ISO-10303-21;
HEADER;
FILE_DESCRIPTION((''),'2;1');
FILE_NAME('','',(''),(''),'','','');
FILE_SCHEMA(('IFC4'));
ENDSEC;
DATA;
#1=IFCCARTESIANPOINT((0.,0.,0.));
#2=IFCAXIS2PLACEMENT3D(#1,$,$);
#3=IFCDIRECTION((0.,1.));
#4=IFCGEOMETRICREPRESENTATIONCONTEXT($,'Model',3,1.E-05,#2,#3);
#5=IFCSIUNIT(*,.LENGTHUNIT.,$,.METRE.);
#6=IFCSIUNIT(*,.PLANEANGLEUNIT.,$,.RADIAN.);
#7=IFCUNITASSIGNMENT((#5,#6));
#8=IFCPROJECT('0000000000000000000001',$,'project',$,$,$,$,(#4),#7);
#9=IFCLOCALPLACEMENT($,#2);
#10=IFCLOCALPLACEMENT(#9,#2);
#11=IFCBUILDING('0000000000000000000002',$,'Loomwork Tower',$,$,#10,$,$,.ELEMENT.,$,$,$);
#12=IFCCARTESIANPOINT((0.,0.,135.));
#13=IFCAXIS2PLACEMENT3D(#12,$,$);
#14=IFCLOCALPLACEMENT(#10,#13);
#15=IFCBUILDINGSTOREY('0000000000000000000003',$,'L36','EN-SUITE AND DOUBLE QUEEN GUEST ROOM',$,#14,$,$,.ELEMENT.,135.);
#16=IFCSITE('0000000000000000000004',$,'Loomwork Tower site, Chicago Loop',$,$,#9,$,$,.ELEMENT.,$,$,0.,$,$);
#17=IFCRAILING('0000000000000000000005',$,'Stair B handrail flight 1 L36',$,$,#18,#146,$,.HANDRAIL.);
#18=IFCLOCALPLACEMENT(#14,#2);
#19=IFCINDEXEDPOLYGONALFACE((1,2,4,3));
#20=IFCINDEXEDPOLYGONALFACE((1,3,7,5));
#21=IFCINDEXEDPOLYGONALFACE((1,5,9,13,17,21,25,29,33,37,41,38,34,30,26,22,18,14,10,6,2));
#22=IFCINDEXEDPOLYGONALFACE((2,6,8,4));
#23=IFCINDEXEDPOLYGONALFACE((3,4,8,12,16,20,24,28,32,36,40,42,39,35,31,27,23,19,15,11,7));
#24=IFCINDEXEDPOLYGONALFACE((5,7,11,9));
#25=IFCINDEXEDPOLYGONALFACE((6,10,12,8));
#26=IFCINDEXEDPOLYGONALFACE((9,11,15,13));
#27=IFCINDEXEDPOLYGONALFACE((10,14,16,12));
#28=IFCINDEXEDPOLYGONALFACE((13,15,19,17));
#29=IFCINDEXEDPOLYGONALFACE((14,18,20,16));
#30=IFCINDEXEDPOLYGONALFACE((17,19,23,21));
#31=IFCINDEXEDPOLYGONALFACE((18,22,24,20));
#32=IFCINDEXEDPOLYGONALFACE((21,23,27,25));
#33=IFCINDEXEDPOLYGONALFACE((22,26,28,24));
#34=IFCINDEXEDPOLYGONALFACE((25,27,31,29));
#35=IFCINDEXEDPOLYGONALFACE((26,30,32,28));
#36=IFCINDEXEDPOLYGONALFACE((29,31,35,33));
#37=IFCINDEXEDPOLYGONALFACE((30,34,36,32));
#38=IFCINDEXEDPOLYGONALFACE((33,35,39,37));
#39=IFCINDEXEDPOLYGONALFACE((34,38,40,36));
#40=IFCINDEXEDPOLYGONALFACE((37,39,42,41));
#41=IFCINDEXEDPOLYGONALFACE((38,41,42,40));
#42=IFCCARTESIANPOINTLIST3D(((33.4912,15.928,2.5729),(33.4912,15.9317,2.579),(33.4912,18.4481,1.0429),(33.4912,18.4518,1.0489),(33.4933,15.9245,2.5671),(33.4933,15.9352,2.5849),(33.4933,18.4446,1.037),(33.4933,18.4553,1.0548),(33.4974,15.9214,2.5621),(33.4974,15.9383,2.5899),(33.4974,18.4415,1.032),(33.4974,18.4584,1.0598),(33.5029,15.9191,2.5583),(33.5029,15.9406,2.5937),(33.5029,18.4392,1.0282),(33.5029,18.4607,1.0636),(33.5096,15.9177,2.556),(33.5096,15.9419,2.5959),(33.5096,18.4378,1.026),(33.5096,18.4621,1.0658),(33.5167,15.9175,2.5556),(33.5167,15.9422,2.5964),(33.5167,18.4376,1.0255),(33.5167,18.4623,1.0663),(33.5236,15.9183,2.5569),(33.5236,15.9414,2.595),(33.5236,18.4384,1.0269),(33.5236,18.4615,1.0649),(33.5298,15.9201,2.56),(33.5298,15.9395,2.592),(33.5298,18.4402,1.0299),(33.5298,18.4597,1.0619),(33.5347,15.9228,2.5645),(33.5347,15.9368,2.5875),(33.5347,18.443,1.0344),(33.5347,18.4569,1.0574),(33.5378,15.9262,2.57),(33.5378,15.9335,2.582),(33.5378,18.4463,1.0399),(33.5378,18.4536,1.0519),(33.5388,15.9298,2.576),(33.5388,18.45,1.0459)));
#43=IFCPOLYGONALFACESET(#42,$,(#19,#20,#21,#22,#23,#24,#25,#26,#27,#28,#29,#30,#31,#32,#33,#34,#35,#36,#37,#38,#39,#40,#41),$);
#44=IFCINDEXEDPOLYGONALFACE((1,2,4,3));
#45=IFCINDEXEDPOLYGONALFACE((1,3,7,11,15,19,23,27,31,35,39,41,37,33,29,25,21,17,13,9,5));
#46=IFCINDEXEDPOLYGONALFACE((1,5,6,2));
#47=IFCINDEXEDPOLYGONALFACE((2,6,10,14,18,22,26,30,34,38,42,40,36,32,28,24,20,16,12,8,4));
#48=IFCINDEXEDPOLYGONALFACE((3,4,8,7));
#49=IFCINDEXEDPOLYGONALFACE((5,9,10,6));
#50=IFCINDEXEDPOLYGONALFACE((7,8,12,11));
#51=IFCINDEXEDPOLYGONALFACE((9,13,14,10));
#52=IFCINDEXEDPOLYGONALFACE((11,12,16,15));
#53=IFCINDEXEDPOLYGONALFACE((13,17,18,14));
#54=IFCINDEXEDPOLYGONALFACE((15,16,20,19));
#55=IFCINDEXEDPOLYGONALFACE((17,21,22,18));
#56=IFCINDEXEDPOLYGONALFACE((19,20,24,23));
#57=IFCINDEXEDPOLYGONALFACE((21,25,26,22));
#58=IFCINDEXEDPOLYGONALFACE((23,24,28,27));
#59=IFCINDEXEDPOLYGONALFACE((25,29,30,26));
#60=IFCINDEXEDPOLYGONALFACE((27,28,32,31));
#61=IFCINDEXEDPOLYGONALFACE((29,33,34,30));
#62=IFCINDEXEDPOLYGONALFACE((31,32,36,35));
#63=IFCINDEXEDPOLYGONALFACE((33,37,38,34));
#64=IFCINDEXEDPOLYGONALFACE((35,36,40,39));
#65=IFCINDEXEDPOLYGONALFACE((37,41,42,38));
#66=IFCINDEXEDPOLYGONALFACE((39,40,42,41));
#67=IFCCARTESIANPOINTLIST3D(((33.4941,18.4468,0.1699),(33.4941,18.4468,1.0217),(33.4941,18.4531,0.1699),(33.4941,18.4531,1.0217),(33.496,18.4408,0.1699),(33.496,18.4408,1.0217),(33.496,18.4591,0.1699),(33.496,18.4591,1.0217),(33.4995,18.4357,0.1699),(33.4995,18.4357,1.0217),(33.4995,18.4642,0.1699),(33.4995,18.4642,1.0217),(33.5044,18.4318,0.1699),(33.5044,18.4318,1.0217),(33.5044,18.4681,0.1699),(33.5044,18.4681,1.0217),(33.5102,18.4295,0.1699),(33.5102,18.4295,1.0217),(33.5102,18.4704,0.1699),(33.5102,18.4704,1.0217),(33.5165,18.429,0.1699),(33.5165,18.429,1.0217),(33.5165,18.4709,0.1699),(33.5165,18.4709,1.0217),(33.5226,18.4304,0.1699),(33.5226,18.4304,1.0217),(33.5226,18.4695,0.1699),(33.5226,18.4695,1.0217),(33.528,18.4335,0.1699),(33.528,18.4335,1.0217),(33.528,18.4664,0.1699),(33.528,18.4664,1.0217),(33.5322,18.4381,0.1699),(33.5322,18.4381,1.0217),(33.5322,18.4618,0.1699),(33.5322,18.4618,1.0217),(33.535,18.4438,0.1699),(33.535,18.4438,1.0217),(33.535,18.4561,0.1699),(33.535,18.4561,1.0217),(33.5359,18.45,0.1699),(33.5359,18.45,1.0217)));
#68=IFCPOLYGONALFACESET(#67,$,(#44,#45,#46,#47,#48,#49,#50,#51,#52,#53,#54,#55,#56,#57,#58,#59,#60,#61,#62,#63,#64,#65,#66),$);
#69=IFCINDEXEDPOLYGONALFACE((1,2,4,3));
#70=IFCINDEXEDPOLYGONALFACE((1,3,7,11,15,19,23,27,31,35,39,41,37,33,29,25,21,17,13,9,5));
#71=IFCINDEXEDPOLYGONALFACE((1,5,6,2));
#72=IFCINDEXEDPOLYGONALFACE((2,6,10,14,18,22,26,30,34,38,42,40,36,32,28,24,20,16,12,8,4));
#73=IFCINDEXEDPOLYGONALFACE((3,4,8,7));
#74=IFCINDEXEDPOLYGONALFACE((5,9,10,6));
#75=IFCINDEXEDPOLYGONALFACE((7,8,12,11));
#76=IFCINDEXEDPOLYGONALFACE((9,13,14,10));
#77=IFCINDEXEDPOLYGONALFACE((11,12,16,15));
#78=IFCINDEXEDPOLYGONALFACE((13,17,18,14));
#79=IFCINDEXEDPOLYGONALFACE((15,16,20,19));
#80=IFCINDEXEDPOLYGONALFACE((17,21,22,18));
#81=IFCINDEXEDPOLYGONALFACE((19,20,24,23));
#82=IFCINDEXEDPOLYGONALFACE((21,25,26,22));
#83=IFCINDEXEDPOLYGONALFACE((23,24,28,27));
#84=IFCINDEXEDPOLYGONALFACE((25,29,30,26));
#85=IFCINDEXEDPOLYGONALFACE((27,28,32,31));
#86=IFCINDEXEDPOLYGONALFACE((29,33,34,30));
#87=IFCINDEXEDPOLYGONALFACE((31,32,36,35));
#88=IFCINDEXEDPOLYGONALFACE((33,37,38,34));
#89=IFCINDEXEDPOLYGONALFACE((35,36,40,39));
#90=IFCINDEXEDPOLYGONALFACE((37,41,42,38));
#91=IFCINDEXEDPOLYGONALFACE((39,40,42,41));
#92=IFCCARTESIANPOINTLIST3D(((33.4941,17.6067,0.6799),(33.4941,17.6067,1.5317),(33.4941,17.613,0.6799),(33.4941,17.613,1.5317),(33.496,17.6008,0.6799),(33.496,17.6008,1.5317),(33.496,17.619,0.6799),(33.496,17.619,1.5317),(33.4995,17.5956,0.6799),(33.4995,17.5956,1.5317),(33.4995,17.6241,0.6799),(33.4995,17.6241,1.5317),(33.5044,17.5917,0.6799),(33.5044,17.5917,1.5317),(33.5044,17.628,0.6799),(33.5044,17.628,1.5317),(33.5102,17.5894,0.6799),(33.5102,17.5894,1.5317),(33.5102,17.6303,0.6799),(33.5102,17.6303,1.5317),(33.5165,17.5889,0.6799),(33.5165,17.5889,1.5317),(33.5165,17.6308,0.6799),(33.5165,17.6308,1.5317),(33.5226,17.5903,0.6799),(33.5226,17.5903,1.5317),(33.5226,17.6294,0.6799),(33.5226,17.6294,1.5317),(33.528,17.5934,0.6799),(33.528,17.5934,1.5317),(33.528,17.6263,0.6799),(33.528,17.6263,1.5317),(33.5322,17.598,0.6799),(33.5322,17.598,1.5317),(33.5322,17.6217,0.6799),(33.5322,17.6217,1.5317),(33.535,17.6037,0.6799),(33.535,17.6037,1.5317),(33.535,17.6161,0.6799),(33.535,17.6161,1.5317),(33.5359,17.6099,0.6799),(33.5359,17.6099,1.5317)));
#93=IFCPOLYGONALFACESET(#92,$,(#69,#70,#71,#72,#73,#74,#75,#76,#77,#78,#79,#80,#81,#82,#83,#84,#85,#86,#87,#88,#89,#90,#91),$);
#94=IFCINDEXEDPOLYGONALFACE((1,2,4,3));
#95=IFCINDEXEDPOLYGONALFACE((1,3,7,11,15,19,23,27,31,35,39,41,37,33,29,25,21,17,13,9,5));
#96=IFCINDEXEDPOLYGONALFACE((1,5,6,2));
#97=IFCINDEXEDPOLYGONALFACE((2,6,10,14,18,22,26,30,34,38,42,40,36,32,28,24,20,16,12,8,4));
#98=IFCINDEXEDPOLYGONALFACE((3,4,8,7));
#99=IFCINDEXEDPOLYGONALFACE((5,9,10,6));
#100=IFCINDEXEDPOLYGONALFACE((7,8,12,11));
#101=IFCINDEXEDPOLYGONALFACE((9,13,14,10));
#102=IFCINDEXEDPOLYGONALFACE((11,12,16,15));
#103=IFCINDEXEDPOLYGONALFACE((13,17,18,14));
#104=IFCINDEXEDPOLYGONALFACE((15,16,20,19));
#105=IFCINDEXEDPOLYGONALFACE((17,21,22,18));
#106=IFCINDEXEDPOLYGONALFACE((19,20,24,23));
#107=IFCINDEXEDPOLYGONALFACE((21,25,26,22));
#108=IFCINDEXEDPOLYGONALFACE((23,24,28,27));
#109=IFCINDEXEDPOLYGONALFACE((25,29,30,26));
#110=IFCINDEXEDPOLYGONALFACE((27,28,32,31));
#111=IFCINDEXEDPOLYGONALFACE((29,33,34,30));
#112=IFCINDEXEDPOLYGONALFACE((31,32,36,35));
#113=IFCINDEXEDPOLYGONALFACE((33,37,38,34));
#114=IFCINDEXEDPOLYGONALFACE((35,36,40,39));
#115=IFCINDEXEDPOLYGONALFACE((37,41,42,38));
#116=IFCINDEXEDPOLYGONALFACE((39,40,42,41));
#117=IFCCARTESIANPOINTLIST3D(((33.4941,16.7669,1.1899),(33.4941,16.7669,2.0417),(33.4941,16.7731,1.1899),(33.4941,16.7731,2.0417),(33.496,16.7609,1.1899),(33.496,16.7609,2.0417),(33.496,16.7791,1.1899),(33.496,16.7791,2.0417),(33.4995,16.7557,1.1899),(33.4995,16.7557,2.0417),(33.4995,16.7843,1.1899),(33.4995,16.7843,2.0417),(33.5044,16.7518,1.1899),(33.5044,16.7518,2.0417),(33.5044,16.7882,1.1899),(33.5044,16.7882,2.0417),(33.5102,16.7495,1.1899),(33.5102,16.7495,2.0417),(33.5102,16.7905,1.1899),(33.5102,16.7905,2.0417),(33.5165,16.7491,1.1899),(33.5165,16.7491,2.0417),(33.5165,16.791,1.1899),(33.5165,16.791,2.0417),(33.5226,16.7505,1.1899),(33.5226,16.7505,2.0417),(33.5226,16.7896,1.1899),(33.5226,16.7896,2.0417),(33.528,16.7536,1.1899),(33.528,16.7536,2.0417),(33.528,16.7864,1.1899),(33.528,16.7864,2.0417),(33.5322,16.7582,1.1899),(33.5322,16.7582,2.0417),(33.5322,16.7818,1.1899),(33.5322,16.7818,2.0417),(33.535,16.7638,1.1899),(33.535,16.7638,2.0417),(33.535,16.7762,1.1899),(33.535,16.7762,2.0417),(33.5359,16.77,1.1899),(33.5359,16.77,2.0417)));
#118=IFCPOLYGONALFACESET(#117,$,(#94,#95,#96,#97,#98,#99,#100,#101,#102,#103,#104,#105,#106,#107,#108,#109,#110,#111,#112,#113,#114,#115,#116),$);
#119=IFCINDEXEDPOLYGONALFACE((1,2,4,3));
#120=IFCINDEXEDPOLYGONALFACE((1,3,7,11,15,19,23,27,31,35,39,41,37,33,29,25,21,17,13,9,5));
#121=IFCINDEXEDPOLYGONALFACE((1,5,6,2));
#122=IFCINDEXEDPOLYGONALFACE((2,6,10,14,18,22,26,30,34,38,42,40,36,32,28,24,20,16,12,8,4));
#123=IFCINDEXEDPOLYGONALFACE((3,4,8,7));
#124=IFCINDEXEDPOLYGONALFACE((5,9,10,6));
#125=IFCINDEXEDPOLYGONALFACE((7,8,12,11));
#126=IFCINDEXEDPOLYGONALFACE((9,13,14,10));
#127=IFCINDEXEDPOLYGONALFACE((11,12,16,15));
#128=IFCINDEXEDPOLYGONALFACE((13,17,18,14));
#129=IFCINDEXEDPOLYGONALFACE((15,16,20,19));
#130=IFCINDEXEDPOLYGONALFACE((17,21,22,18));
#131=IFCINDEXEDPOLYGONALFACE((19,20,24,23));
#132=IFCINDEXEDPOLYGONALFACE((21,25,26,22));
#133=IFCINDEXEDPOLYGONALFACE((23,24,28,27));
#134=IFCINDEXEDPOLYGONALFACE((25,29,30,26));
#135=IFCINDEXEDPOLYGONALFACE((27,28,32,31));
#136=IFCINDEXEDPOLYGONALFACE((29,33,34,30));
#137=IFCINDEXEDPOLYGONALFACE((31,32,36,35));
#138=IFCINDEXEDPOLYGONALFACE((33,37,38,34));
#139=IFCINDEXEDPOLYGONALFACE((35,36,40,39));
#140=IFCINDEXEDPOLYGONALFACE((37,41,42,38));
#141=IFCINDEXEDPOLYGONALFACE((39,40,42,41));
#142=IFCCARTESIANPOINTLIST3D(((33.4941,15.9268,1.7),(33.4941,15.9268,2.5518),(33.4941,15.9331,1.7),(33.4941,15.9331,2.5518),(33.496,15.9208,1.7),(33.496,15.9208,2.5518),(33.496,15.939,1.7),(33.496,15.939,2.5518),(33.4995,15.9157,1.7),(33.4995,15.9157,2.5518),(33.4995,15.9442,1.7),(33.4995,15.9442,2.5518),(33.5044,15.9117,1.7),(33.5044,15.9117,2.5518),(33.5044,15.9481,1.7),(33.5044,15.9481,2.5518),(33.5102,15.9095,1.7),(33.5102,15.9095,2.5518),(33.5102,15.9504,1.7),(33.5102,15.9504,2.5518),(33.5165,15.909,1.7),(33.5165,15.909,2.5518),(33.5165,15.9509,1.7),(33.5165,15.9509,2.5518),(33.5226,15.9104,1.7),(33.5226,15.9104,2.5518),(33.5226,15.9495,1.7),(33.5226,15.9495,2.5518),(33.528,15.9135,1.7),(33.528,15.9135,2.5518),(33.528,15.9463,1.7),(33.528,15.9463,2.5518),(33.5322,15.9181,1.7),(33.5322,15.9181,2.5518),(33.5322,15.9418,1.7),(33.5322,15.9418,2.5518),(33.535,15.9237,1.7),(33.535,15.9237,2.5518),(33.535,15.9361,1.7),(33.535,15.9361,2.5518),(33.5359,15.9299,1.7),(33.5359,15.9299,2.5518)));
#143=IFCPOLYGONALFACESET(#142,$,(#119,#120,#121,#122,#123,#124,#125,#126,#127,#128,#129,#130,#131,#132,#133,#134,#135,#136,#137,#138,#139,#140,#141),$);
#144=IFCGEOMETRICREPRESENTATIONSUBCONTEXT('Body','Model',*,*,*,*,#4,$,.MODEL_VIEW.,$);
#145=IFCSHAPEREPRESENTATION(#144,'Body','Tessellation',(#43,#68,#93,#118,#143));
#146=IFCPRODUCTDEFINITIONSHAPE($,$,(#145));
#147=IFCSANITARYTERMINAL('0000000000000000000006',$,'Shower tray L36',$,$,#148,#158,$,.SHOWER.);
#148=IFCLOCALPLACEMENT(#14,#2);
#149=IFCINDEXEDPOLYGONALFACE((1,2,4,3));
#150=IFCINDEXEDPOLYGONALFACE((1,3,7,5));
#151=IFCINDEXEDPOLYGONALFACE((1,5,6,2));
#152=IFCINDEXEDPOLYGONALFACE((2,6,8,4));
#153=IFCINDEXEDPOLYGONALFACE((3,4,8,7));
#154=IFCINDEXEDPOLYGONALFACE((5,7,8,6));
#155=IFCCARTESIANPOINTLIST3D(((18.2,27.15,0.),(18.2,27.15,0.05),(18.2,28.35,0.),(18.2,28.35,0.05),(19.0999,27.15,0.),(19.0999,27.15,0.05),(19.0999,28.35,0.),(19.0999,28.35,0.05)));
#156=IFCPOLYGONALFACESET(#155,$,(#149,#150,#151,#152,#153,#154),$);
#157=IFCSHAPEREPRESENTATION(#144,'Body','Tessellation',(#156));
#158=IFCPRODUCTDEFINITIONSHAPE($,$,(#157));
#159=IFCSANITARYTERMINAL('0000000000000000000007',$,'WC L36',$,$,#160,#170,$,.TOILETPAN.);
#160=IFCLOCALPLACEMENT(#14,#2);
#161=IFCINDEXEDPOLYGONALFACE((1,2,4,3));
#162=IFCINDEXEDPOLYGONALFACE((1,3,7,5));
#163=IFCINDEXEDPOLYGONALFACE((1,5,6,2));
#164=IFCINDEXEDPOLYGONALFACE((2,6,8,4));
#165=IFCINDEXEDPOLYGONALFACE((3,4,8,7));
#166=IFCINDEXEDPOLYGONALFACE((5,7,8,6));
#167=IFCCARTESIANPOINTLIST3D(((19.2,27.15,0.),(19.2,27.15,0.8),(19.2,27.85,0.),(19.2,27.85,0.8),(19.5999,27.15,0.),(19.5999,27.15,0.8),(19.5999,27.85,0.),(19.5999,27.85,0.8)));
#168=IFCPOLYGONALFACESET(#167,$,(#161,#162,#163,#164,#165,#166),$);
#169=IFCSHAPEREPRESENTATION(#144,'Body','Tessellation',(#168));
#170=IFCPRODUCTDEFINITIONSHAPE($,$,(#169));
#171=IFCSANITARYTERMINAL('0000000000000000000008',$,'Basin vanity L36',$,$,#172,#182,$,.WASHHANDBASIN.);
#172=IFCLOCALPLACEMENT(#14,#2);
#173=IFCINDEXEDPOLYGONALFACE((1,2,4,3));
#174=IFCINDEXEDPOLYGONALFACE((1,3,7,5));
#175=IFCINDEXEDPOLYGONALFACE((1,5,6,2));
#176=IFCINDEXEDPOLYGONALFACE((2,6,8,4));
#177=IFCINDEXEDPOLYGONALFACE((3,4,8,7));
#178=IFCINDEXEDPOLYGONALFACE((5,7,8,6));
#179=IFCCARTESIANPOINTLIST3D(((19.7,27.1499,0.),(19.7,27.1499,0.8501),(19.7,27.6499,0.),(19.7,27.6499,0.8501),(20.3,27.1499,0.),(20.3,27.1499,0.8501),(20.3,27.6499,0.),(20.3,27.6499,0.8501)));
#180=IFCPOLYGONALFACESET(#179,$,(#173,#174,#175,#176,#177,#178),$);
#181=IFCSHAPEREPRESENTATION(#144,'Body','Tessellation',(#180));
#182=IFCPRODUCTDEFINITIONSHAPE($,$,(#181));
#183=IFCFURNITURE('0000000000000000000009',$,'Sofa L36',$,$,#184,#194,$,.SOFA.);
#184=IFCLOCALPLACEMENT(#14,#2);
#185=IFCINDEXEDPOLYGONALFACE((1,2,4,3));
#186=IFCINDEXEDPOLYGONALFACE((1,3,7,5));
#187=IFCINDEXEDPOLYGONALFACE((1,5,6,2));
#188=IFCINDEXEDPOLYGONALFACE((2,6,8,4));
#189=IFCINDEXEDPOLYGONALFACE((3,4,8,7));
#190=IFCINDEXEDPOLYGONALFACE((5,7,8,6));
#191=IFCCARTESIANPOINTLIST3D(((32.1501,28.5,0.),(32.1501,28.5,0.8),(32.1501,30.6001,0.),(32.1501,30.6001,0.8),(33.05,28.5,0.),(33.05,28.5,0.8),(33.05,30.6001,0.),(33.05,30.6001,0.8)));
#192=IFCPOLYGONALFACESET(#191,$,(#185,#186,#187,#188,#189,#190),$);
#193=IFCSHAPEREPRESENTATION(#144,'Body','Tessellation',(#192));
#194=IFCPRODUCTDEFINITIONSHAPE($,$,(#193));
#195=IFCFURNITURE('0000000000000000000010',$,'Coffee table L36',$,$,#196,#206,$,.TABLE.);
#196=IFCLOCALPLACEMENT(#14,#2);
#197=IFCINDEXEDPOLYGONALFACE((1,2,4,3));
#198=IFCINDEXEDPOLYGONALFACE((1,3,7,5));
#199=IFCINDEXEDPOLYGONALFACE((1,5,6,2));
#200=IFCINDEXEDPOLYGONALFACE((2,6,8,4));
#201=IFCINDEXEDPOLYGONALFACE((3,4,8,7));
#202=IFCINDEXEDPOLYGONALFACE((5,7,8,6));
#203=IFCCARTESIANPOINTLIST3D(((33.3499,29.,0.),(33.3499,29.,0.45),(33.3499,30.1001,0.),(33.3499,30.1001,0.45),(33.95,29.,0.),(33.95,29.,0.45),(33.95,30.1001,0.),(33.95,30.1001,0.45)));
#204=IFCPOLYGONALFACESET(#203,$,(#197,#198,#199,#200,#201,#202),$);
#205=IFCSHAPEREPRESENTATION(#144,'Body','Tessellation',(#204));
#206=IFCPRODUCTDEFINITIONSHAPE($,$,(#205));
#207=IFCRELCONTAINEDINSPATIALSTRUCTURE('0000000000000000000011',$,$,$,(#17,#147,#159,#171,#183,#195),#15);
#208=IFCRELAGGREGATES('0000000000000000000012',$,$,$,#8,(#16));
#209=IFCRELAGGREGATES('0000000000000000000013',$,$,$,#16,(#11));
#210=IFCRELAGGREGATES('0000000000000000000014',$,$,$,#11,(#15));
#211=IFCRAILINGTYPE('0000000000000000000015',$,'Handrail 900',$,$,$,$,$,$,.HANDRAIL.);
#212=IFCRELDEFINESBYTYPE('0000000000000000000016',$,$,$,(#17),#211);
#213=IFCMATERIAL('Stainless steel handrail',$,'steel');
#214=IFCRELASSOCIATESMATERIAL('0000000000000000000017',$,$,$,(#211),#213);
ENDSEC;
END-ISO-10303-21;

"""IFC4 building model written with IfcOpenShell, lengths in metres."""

from ifc_helpers import new_model, si_unit, direction, frame, origin, origin_2d, place, context, subcontext, project, spatial, rectangle, circle, extrude, material, type_object, element, save


model = new_model("IFC4")

# Units and contexts
model_context = context("Model", 3, precision=1e-05, world=origin(), true_north=direction((0.0, 1.0)))
body_context = subcontext(model_context, "Body", "Model", "MODEL_VIEW")
ifc_project = project(units=[si_unit("LENGTHUNIT", "METRE"), si_unit("PLANEANGLEUNIT", "RADIAN")], contexts=[model_context])

# Site, building, storey
site_placement = place(None, origin())
site = spatial("IfcSite", under=ifc_project, at=site_placement, Name="Loomwork Tower site, Chicago Loop", CompositionType="ELEMENT", RefElevation=0.0)
building_placement = place(site_placement, origin())
building = spatial("IfcBuilding", under=site, at=building_placement, Name="Loomwork Tower", CompositionType="ELEMENT")
storey_placement = place(building_placement, frame((0.0, 0.0, 135.0)))
storey = spatial("IfcBuildingStorey", under=building, at=storey_placement, Name="L36", Description="EN-SUITE AND DOUBLE QUEEN GUEST ROOM", CompositionType="ELEMENT", Elevation=135.0)

# Railing
ifc_material_1 = material(Name="Stainless steel handrail", Category="steel")
railing_type = type_object("IfcRailingType", Name="Handrail 900", PredefinedType="HANDRAIL", material=ifc_material_1)
railing_placement = place(storey_placement, frame((33.5149, 18.45, 0.1699)))
element("IfcRailing", 1, at=railing_placement, inside=storey, type_object=railing_type, Name="Stair B handrail flight 1 L36", PredefinedType="HANDRAIL", context=body_context, shape_type="SweptSolid", body=[
    extrude(circle(Radius=0.0239, at=origin_2d()), frame((0.0, 0.0, 0.876), z_axis=(0.0, -0.854785, 0.518982), x_axis=(1.0, 0.0, 0.0)), (0.0, 0.0, 1.0), 2.9482),
    extrude(circle(Radius=0.021, at=origin_2d()), origin(), (0.0, 0.0, 1.0), 0.8518),
    extrude(circle(Radius=0.021, at=origin_2d()), frame((0.0, -0.8401, 0.51)), (0.0, 0.0, 1.0), 0.8518),
    extrude(circle(Radius=0.021, at=origin_2d()), frame((0.0, -1.6799, 1.02)), (0.0, 0.0, 1.0), 0.8518),
    extrude(circle(Radius=0.021, at=origin_2d()), frame((0.0, -2.52, 1.53)), (0.0, 0.0, 1.0), 0.8518),
])

# Sanitary terminals
sanitary_terminal_1_placement = place(storey_placement, frame((18.6499, 27.75, 0.0), z_axis=(0.0, 0.0, 1.0), x_axis=(1.0, 0.0, 0.0)))
element("IfcSanitaryTerminal", 2, at=sanitary_terminal_1_placement, inside=storey, Name="Shower tray L36", PredefinedType="SHOWER", context=body_context, shape_type="SweptSolid", body=[
    extrude(rectangle(XDim=0.8999, YDim=1.2, at=origin_2d()), origin(), (0.0, 0.0, 1.0), 0.05),
])
sanitary_terminal_2_placement = place(storey_placement, frame((19.3999, 27.5, 0.0), z_axis=(0.0, 0.0, 1.0), x_axis=(1.0, 0.0, 0.0)))
element("IfcSanitaryTerminal", 3, at=sanitary_terminal_2_placement, inside=storey, Name="WC L36", PredefinedType="TOILETPAN", context=body_context, shape_type="SweptSolid", body=[
    extrude(rectangle(XDim=0.3999, YDim=0.7, at=origin_2d()), origin(), (0.0, 0.0, 1.0), 0.8),
])
sanitary_terminal_3_placement = place(storey_placement, frame((20.0, 27.3999, 0.0), z_axis=(0.0, 0.0, 1.0), x_axis=(1.0, 0.0, 0.0)))
element("IfcSanitaryTerminal", 4, at=sanitary_terminal_3_placement, inside=storey, Name="Basin vanity L36", PredefinedType="WASHHANDBASIN", context=body_context, shape_type="SweptSolid", body=[
    extrude(rectangle(XDim=0.6001, YDim=0.5, at=origin_2d()), origin(), (0.0, 0.0, 1.0), 0.8501),
])

# Furniture
furniture_1_placement = place(storey_placement, frame((32.6001, 29.55, 0.0), z_axis=(0.0, 0.0, 1.0), x_axis=(1.0, 0.0, 0.0)))
element("IfcFurniture", 5, at=furniture_1_placement, inside=storey, Name="Sofa L36", PredefinedType="SOFA", context=body_context, shape_type="SweptSolid", body=[
    extrude(rectangle(XDim=0.8999, YDim=2.1001, at=origin_2d()), origin(), (0.0, 0.0, 1.0), 0.8),
])
furniture_2_placement = place(storey_placement, frame((33.6499, 29.55, 0.0), z_axis=(0.0, 0.0, 1.0), x_axis=(1.0, 0.0, 0.0)))
element("IfcFurniture", 6, at=furniture_2_placement, inside=storey, Name="Coffee table L36", PredefinedType="TABLE", context=body_context, shape_type="SweptSolid", body=[
    extrude(rectangle(XDim=0.6001, YDim=1.1001, at=origin_2d()), origin(), (0.0, 0.0, 1.0), 0.45),
])

save(model, "model.ifc")
